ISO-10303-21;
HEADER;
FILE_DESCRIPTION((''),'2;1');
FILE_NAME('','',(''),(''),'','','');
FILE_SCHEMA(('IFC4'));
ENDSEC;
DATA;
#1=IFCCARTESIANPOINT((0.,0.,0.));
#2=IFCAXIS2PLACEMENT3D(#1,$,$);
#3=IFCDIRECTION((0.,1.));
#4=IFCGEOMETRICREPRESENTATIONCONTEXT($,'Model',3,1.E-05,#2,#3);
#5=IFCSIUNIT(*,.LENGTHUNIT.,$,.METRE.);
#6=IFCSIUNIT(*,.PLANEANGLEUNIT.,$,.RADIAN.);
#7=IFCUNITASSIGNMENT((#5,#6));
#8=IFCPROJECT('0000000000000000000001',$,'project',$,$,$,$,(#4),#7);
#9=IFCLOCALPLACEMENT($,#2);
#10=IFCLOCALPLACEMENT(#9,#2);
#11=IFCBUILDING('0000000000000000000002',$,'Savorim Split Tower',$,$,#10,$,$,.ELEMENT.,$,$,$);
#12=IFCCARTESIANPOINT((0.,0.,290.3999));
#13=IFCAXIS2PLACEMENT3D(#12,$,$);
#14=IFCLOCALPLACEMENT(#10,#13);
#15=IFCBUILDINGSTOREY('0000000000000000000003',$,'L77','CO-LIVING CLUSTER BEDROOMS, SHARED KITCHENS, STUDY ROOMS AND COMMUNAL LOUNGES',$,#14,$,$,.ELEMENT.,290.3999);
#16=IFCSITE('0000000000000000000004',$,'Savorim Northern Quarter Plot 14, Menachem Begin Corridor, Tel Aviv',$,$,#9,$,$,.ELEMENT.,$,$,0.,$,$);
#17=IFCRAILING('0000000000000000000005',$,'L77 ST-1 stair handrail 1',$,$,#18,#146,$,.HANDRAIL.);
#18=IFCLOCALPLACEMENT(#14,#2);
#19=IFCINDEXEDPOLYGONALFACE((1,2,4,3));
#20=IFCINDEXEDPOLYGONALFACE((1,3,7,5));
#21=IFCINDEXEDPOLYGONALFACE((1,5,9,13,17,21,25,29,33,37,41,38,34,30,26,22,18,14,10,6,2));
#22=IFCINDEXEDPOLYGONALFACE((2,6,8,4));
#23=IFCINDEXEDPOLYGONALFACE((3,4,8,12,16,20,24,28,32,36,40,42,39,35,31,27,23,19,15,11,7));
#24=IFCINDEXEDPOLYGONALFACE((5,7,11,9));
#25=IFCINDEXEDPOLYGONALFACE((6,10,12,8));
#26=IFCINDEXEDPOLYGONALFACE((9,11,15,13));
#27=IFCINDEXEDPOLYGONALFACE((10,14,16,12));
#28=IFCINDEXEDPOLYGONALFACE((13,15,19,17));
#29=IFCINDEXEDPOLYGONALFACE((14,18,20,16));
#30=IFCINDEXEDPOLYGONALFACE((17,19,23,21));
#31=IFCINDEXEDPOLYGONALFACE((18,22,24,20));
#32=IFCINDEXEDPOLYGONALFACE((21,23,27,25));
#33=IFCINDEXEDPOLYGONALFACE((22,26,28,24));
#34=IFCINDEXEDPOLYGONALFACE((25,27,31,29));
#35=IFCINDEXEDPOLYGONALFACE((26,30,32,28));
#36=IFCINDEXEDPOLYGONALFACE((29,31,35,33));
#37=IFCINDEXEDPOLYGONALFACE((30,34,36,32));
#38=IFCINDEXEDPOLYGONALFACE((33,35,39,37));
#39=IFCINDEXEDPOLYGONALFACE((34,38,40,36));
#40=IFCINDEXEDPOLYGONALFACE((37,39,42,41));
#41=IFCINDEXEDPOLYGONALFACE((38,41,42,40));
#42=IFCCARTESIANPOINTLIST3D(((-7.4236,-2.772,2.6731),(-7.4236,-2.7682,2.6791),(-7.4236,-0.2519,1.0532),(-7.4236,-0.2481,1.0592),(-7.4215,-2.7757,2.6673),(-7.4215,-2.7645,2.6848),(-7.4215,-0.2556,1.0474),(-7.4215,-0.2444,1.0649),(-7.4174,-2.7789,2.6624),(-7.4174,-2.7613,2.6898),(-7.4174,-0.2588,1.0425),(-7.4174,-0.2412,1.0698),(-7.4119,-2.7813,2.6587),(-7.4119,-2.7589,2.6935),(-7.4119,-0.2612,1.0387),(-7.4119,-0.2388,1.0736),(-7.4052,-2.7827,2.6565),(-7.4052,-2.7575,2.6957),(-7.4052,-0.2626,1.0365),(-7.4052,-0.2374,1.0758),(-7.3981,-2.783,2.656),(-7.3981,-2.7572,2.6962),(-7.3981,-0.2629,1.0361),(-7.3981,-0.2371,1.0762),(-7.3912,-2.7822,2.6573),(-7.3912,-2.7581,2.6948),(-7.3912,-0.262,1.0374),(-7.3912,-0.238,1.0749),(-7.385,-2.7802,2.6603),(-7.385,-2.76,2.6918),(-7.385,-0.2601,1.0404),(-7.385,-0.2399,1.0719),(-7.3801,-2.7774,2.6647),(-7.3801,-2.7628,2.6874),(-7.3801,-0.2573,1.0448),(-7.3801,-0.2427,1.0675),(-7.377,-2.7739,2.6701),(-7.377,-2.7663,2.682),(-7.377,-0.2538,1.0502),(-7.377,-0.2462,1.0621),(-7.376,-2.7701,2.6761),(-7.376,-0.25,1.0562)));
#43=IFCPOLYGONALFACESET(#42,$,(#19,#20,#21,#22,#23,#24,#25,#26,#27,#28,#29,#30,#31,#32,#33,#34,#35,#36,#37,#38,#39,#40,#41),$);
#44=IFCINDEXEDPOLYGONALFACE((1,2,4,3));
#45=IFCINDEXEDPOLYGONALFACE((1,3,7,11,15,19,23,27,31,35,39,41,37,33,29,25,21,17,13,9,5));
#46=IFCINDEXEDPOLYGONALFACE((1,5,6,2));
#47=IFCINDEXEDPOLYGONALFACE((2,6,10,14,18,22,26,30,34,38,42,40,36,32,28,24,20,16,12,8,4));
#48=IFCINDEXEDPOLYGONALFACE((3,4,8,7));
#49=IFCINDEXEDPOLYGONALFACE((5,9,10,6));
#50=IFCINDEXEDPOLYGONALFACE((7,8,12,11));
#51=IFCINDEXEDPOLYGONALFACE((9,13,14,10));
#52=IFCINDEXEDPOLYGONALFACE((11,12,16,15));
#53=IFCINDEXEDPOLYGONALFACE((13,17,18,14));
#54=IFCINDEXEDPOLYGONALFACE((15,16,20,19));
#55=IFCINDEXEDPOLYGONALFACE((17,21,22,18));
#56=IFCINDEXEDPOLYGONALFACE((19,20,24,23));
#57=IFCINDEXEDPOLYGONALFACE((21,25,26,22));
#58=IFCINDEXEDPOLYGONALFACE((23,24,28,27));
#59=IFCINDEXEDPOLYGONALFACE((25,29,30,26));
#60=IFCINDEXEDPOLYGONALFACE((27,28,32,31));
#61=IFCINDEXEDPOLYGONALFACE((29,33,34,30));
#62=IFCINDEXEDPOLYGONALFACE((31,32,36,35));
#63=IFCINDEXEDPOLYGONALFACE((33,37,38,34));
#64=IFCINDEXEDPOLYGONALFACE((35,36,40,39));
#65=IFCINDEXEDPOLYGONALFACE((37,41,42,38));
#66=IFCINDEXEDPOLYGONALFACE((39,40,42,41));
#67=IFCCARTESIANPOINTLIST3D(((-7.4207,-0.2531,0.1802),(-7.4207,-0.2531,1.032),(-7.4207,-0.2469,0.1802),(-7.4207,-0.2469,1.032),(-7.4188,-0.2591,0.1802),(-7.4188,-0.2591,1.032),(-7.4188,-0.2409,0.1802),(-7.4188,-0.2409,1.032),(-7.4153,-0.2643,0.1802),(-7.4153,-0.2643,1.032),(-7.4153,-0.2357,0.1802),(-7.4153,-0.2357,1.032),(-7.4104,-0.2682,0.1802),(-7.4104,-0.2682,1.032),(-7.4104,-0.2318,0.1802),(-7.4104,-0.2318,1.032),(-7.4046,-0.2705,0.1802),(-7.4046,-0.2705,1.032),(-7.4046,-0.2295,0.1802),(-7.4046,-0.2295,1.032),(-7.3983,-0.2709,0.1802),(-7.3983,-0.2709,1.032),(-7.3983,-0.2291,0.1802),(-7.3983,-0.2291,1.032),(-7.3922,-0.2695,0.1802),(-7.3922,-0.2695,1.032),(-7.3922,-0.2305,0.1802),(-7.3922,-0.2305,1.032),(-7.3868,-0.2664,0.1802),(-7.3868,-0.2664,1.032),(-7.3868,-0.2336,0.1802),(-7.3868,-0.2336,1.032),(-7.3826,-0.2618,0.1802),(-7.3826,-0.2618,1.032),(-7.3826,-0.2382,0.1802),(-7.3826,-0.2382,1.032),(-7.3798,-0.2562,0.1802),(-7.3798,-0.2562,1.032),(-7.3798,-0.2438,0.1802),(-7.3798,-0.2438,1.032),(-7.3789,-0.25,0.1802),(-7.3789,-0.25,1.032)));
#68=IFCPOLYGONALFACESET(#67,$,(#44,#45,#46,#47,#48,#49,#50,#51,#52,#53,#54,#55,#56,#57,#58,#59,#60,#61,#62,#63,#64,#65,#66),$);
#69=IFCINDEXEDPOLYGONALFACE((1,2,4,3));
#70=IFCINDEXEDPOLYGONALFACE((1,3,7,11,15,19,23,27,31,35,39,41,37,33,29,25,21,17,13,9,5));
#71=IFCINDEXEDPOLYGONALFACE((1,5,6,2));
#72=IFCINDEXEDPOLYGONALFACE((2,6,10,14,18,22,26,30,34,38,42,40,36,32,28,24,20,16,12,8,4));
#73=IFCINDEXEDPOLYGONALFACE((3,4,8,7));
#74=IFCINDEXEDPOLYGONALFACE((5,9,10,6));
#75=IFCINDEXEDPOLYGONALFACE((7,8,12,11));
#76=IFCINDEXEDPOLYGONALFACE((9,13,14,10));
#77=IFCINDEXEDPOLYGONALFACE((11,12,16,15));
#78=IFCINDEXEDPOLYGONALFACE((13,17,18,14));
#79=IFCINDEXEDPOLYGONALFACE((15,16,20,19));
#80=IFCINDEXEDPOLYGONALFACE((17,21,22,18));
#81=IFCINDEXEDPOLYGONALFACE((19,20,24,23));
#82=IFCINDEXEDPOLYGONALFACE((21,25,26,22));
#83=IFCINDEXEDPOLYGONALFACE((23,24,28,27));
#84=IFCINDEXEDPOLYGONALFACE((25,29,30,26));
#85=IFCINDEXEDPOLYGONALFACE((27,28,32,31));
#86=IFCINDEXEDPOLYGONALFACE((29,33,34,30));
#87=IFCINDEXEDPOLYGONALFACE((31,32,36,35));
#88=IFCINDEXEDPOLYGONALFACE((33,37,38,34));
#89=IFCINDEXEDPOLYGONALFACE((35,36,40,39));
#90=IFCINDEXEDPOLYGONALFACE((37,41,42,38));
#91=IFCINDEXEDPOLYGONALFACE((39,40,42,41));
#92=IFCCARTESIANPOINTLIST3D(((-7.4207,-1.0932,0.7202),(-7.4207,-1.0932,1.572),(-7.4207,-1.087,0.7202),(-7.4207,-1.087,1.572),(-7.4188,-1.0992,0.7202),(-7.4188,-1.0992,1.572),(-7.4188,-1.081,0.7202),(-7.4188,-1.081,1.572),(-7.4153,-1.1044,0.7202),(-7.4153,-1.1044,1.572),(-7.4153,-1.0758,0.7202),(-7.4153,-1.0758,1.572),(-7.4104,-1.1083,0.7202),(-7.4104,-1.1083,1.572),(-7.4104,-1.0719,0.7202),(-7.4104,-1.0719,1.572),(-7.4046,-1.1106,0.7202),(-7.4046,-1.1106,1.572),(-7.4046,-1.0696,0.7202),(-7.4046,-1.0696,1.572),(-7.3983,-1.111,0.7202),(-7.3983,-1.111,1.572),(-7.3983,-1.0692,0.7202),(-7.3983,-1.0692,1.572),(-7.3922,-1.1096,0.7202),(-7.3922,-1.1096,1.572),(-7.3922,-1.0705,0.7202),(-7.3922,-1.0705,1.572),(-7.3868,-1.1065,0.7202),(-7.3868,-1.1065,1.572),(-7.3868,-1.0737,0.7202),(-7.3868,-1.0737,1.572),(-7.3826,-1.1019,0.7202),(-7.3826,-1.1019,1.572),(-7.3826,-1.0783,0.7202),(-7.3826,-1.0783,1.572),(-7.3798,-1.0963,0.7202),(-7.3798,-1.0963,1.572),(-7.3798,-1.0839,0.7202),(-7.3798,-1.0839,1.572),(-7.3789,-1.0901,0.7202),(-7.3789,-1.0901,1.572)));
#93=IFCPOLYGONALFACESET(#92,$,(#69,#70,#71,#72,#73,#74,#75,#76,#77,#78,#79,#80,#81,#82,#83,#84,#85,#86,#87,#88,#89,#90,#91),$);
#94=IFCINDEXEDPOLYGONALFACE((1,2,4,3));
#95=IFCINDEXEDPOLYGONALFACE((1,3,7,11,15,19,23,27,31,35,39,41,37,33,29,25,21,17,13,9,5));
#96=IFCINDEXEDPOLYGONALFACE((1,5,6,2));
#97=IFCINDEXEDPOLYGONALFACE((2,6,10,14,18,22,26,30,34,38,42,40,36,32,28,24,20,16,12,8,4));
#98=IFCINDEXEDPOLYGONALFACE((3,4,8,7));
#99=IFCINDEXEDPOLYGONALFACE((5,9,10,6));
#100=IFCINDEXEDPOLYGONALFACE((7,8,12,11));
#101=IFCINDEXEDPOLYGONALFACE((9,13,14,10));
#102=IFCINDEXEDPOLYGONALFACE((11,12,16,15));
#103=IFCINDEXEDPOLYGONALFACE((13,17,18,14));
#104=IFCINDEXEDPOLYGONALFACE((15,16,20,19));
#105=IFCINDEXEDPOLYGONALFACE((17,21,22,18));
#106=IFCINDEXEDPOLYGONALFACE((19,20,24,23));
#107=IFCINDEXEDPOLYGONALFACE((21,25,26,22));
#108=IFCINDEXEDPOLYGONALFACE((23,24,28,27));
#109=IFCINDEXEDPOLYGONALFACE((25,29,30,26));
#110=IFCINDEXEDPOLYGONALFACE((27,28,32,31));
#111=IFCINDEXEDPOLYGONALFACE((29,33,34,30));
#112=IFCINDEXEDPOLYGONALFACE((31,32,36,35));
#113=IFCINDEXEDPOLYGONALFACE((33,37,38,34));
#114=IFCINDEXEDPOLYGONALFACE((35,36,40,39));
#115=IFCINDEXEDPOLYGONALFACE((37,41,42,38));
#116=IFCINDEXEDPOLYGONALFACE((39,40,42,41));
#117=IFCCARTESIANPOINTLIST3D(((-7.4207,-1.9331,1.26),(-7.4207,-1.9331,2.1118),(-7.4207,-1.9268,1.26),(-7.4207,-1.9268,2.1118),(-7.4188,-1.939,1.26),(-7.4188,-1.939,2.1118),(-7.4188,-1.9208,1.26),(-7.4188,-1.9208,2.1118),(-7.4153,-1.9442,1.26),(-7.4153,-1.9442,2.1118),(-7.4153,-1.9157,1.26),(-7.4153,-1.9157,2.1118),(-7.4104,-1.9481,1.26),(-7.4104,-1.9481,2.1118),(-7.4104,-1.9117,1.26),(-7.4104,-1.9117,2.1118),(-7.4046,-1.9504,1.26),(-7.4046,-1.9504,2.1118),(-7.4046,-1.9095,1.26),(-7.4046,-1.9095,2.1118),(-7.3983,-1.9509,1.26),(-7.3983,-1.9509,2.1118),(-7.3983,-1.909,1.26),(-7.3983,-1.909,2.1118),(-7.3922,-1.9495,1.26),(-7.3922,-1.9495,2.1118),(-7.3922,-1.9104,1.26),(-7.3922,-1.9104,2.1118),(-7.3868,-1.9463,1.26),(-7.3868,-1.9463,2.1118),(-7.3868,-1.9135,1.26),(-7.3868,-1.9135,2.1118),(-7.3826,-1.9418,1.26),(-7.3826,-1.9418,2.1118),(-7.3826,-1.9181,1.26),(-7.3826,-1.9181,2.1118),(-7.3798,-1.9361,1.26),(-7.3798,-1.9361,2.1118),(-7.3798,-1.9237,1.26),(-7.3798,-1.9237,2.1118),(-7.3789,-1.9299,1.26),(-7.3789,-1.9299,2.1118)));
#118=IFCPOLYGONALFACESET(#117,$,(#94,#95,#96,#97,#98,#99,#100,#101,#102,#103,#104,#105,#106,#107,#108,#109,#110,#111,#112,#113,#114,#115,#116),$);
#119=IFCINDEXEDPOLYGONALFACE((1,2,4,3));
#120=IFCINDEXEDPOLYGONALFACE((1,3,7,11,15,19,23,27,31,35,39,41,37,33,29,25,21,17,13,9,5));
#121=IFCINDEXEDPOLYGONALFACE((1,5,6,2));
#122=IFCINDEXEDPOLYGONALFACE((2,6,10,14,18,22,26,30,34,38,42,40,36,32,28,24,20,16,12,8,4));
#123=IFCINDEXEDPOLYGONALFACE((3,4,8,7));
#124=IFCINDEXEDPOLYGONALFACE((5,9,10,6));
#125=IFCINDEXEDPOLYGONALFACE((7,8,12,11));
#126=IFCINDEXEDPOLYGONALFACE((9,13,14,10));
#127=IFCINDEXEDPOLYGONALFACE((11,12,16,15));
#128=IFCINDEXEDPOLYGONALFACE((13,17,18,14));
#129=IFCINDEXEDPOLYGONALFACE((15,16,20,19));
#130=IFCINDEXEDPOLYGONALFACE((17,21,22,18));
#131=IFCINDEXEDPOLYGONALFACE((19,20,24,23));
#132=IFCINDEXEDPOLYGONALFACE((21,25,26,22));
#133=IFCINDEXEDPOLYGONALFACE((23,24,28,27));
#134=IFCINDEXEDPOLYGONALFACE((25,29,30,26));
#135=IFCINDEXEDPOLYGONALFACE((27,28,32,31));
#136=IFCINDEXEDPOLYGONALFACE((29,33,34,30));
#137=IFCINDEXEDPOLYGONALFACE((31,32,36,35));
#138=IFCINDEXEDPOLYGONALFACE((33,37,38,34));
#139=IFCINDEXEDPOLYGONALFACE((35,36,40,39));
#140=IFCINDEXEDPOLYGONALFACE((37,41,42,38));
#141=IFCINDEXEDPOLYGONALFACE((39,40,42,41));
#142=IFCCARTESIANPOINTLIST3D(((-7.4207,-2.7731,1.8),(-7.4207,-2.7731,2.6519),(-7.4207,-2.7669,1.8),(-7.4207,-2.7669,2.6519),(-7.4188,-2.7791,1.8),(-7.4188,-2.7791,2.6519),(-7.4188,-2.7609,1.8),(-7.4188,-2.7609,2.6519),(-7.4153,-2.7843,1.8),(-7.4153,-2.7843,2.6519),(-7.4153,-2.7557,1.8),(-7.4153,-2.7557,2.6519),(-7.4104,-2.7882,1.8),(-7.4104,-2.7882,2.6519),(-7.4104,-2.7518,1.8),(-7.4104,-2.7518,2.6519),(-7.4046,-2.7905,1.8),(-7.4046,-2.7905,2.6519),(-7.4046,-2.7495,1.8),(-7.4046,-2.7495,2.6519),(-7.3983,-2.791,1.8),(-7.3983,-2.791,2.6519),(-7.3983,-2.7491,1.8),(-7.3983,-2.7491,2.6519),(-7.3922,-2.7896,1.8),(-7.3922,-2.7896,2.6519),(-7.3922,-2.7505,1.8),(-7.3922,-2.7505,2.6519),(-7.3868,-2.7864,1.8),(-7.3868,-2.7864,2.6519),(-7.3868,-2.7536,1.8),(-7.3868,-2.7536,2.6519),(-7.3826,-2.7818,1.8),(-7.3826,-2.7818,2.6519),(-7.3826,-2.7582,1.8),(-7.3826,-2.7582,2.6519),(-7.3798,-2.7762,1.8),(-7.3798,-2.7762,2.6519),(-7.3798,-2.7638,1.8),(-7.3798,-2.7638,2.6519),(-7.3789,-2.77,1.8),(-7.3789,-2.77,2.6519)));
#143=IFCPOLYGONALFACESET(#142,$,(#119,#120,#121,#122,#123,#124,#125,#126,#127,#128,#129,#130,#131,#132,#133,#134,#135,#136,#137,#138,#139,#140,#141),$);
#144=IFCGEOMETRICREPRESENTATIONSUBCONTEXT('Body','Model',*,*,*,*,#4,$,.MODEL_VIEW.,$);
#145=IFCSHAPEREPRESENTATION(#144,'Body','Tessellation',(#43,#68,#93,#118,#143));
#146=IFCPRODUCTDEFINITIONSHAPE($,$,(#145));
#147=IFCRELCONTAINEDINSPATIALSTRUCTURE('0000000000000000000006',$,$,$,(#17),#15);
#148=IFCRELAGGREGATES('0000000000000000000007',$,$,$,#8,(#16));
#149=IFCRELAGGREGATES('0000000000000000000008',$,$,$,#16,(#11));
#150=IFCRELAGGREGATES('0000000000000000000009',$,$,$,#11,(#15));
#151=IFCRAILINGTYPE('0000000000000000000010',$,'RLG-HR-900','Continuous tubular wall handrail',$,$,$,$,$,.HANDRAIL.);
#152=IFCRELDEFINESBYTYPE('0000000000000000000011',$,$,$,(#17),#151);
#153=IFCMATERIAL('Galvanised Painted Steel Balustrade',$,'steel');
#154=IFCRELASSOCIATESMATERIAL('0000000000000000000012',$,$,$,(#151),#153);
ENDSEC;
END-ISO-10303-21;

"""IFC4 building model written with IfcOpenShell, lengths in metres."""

from ifc_helpers import new_model, si_unit, direction, frame, origin, origin_2d, place, context, subcontext, project, spatial, circle, extrude, material, type_object, element, save


model = new_model("IFC4")

# Units and contexts
model_context = context("Model", 3, precision=1e-05, world=origin(), true_north=direction((0.0, 1.0)))
body_context = subcontext(model_context, "Body", "Model", "MODEL_VIEW")
ifc_project = project(units=[si_unit("LENGTHUNIT", "METRE"), si_unit("PLANEANGLEUNIT", "RADIAN")], contexts=[model_context])

# Site, building, storey
site_placement = place(None, origin())
site = spatial("IfcSite", under=ifc_project, at=site_placement, Name="Savorim Northern Quarter Plot 14, Menachem Begin Corridor, Tel Aviv", CompositionType="ELEMENT", RefElevation=0.0)
building_placement = place(site_placement, origin())
building = spatial("IfcBuilding", under=site, at=building_placement, Name="Savorim Split Tower", CompositionType="ELEMENT")
storey_placement = place(building_placement, frame((0.0, 0.0, 290.3999)))
storey = spatial("IfcBuildingStorey", under=building, at=storey_placement, Name="L77", Description="CO-LIVING CLUSTER BEDROOMS, SHARED KITCHENS, STUDY ROOMS AND COMMUNAL LOUNGES", CompositionType="ELEMENT", Elevation=290.3999)

# Railing
ifc_material_1 = material(Name="Galvanised Painted Steel Balustrade", Category="steel")
railing_type_1 = type_object("IfcRailingType", Name="RLG-HR-900", Description="Continuous tubular wall handrail", PredefinedType="HANDRAIL", material=ifc_material_1)
railing_1_placement = place(storey_placement, frame((-7.3999, -0.25, 0.1802)))
element("IfcRailing", 1, at=railing_1_placement, inside=storey, type_object=railing_type_1, Name="L77 ST-1 stair handrail 1", PredefinedType="HANDRAIL", context=body_context, shape_type="SweptSolid", body=[
    extrude(circle(Radius=0.0239, at=origin_2d()), frame((0.0, 0.0, 0.876), z_axis=(0.0, -0.8412, 0.540725), x_axis=(1.0, 0.0, 0.0)), (0.0, 0.0, 1.0), 2.9958),
    extrude(circle(Radius=0.021, at=origin_2d()), origin(), (0.0, 0.0, 1.0), 0.8518),
    extrude(circle(Radius=0.021, at=origin_2d()), frame((0.0, -0.8401, 0.54)), (0.0, 0.0, 1.0), 0.8518),
    extrude(circle(Radius=0.021, at=origin_2d()), frame((0.0, -1.6799, 1.0798)), (0.0, 0.0, 1.0), 0.8518),
    extrude(circle(Radius=0.021, at=origin_2d()), frame((0.0, -2.52, 1.6199)), (0.0, 0.0, 1.0), 0.8518),
])

save(model, "model.ifc")
